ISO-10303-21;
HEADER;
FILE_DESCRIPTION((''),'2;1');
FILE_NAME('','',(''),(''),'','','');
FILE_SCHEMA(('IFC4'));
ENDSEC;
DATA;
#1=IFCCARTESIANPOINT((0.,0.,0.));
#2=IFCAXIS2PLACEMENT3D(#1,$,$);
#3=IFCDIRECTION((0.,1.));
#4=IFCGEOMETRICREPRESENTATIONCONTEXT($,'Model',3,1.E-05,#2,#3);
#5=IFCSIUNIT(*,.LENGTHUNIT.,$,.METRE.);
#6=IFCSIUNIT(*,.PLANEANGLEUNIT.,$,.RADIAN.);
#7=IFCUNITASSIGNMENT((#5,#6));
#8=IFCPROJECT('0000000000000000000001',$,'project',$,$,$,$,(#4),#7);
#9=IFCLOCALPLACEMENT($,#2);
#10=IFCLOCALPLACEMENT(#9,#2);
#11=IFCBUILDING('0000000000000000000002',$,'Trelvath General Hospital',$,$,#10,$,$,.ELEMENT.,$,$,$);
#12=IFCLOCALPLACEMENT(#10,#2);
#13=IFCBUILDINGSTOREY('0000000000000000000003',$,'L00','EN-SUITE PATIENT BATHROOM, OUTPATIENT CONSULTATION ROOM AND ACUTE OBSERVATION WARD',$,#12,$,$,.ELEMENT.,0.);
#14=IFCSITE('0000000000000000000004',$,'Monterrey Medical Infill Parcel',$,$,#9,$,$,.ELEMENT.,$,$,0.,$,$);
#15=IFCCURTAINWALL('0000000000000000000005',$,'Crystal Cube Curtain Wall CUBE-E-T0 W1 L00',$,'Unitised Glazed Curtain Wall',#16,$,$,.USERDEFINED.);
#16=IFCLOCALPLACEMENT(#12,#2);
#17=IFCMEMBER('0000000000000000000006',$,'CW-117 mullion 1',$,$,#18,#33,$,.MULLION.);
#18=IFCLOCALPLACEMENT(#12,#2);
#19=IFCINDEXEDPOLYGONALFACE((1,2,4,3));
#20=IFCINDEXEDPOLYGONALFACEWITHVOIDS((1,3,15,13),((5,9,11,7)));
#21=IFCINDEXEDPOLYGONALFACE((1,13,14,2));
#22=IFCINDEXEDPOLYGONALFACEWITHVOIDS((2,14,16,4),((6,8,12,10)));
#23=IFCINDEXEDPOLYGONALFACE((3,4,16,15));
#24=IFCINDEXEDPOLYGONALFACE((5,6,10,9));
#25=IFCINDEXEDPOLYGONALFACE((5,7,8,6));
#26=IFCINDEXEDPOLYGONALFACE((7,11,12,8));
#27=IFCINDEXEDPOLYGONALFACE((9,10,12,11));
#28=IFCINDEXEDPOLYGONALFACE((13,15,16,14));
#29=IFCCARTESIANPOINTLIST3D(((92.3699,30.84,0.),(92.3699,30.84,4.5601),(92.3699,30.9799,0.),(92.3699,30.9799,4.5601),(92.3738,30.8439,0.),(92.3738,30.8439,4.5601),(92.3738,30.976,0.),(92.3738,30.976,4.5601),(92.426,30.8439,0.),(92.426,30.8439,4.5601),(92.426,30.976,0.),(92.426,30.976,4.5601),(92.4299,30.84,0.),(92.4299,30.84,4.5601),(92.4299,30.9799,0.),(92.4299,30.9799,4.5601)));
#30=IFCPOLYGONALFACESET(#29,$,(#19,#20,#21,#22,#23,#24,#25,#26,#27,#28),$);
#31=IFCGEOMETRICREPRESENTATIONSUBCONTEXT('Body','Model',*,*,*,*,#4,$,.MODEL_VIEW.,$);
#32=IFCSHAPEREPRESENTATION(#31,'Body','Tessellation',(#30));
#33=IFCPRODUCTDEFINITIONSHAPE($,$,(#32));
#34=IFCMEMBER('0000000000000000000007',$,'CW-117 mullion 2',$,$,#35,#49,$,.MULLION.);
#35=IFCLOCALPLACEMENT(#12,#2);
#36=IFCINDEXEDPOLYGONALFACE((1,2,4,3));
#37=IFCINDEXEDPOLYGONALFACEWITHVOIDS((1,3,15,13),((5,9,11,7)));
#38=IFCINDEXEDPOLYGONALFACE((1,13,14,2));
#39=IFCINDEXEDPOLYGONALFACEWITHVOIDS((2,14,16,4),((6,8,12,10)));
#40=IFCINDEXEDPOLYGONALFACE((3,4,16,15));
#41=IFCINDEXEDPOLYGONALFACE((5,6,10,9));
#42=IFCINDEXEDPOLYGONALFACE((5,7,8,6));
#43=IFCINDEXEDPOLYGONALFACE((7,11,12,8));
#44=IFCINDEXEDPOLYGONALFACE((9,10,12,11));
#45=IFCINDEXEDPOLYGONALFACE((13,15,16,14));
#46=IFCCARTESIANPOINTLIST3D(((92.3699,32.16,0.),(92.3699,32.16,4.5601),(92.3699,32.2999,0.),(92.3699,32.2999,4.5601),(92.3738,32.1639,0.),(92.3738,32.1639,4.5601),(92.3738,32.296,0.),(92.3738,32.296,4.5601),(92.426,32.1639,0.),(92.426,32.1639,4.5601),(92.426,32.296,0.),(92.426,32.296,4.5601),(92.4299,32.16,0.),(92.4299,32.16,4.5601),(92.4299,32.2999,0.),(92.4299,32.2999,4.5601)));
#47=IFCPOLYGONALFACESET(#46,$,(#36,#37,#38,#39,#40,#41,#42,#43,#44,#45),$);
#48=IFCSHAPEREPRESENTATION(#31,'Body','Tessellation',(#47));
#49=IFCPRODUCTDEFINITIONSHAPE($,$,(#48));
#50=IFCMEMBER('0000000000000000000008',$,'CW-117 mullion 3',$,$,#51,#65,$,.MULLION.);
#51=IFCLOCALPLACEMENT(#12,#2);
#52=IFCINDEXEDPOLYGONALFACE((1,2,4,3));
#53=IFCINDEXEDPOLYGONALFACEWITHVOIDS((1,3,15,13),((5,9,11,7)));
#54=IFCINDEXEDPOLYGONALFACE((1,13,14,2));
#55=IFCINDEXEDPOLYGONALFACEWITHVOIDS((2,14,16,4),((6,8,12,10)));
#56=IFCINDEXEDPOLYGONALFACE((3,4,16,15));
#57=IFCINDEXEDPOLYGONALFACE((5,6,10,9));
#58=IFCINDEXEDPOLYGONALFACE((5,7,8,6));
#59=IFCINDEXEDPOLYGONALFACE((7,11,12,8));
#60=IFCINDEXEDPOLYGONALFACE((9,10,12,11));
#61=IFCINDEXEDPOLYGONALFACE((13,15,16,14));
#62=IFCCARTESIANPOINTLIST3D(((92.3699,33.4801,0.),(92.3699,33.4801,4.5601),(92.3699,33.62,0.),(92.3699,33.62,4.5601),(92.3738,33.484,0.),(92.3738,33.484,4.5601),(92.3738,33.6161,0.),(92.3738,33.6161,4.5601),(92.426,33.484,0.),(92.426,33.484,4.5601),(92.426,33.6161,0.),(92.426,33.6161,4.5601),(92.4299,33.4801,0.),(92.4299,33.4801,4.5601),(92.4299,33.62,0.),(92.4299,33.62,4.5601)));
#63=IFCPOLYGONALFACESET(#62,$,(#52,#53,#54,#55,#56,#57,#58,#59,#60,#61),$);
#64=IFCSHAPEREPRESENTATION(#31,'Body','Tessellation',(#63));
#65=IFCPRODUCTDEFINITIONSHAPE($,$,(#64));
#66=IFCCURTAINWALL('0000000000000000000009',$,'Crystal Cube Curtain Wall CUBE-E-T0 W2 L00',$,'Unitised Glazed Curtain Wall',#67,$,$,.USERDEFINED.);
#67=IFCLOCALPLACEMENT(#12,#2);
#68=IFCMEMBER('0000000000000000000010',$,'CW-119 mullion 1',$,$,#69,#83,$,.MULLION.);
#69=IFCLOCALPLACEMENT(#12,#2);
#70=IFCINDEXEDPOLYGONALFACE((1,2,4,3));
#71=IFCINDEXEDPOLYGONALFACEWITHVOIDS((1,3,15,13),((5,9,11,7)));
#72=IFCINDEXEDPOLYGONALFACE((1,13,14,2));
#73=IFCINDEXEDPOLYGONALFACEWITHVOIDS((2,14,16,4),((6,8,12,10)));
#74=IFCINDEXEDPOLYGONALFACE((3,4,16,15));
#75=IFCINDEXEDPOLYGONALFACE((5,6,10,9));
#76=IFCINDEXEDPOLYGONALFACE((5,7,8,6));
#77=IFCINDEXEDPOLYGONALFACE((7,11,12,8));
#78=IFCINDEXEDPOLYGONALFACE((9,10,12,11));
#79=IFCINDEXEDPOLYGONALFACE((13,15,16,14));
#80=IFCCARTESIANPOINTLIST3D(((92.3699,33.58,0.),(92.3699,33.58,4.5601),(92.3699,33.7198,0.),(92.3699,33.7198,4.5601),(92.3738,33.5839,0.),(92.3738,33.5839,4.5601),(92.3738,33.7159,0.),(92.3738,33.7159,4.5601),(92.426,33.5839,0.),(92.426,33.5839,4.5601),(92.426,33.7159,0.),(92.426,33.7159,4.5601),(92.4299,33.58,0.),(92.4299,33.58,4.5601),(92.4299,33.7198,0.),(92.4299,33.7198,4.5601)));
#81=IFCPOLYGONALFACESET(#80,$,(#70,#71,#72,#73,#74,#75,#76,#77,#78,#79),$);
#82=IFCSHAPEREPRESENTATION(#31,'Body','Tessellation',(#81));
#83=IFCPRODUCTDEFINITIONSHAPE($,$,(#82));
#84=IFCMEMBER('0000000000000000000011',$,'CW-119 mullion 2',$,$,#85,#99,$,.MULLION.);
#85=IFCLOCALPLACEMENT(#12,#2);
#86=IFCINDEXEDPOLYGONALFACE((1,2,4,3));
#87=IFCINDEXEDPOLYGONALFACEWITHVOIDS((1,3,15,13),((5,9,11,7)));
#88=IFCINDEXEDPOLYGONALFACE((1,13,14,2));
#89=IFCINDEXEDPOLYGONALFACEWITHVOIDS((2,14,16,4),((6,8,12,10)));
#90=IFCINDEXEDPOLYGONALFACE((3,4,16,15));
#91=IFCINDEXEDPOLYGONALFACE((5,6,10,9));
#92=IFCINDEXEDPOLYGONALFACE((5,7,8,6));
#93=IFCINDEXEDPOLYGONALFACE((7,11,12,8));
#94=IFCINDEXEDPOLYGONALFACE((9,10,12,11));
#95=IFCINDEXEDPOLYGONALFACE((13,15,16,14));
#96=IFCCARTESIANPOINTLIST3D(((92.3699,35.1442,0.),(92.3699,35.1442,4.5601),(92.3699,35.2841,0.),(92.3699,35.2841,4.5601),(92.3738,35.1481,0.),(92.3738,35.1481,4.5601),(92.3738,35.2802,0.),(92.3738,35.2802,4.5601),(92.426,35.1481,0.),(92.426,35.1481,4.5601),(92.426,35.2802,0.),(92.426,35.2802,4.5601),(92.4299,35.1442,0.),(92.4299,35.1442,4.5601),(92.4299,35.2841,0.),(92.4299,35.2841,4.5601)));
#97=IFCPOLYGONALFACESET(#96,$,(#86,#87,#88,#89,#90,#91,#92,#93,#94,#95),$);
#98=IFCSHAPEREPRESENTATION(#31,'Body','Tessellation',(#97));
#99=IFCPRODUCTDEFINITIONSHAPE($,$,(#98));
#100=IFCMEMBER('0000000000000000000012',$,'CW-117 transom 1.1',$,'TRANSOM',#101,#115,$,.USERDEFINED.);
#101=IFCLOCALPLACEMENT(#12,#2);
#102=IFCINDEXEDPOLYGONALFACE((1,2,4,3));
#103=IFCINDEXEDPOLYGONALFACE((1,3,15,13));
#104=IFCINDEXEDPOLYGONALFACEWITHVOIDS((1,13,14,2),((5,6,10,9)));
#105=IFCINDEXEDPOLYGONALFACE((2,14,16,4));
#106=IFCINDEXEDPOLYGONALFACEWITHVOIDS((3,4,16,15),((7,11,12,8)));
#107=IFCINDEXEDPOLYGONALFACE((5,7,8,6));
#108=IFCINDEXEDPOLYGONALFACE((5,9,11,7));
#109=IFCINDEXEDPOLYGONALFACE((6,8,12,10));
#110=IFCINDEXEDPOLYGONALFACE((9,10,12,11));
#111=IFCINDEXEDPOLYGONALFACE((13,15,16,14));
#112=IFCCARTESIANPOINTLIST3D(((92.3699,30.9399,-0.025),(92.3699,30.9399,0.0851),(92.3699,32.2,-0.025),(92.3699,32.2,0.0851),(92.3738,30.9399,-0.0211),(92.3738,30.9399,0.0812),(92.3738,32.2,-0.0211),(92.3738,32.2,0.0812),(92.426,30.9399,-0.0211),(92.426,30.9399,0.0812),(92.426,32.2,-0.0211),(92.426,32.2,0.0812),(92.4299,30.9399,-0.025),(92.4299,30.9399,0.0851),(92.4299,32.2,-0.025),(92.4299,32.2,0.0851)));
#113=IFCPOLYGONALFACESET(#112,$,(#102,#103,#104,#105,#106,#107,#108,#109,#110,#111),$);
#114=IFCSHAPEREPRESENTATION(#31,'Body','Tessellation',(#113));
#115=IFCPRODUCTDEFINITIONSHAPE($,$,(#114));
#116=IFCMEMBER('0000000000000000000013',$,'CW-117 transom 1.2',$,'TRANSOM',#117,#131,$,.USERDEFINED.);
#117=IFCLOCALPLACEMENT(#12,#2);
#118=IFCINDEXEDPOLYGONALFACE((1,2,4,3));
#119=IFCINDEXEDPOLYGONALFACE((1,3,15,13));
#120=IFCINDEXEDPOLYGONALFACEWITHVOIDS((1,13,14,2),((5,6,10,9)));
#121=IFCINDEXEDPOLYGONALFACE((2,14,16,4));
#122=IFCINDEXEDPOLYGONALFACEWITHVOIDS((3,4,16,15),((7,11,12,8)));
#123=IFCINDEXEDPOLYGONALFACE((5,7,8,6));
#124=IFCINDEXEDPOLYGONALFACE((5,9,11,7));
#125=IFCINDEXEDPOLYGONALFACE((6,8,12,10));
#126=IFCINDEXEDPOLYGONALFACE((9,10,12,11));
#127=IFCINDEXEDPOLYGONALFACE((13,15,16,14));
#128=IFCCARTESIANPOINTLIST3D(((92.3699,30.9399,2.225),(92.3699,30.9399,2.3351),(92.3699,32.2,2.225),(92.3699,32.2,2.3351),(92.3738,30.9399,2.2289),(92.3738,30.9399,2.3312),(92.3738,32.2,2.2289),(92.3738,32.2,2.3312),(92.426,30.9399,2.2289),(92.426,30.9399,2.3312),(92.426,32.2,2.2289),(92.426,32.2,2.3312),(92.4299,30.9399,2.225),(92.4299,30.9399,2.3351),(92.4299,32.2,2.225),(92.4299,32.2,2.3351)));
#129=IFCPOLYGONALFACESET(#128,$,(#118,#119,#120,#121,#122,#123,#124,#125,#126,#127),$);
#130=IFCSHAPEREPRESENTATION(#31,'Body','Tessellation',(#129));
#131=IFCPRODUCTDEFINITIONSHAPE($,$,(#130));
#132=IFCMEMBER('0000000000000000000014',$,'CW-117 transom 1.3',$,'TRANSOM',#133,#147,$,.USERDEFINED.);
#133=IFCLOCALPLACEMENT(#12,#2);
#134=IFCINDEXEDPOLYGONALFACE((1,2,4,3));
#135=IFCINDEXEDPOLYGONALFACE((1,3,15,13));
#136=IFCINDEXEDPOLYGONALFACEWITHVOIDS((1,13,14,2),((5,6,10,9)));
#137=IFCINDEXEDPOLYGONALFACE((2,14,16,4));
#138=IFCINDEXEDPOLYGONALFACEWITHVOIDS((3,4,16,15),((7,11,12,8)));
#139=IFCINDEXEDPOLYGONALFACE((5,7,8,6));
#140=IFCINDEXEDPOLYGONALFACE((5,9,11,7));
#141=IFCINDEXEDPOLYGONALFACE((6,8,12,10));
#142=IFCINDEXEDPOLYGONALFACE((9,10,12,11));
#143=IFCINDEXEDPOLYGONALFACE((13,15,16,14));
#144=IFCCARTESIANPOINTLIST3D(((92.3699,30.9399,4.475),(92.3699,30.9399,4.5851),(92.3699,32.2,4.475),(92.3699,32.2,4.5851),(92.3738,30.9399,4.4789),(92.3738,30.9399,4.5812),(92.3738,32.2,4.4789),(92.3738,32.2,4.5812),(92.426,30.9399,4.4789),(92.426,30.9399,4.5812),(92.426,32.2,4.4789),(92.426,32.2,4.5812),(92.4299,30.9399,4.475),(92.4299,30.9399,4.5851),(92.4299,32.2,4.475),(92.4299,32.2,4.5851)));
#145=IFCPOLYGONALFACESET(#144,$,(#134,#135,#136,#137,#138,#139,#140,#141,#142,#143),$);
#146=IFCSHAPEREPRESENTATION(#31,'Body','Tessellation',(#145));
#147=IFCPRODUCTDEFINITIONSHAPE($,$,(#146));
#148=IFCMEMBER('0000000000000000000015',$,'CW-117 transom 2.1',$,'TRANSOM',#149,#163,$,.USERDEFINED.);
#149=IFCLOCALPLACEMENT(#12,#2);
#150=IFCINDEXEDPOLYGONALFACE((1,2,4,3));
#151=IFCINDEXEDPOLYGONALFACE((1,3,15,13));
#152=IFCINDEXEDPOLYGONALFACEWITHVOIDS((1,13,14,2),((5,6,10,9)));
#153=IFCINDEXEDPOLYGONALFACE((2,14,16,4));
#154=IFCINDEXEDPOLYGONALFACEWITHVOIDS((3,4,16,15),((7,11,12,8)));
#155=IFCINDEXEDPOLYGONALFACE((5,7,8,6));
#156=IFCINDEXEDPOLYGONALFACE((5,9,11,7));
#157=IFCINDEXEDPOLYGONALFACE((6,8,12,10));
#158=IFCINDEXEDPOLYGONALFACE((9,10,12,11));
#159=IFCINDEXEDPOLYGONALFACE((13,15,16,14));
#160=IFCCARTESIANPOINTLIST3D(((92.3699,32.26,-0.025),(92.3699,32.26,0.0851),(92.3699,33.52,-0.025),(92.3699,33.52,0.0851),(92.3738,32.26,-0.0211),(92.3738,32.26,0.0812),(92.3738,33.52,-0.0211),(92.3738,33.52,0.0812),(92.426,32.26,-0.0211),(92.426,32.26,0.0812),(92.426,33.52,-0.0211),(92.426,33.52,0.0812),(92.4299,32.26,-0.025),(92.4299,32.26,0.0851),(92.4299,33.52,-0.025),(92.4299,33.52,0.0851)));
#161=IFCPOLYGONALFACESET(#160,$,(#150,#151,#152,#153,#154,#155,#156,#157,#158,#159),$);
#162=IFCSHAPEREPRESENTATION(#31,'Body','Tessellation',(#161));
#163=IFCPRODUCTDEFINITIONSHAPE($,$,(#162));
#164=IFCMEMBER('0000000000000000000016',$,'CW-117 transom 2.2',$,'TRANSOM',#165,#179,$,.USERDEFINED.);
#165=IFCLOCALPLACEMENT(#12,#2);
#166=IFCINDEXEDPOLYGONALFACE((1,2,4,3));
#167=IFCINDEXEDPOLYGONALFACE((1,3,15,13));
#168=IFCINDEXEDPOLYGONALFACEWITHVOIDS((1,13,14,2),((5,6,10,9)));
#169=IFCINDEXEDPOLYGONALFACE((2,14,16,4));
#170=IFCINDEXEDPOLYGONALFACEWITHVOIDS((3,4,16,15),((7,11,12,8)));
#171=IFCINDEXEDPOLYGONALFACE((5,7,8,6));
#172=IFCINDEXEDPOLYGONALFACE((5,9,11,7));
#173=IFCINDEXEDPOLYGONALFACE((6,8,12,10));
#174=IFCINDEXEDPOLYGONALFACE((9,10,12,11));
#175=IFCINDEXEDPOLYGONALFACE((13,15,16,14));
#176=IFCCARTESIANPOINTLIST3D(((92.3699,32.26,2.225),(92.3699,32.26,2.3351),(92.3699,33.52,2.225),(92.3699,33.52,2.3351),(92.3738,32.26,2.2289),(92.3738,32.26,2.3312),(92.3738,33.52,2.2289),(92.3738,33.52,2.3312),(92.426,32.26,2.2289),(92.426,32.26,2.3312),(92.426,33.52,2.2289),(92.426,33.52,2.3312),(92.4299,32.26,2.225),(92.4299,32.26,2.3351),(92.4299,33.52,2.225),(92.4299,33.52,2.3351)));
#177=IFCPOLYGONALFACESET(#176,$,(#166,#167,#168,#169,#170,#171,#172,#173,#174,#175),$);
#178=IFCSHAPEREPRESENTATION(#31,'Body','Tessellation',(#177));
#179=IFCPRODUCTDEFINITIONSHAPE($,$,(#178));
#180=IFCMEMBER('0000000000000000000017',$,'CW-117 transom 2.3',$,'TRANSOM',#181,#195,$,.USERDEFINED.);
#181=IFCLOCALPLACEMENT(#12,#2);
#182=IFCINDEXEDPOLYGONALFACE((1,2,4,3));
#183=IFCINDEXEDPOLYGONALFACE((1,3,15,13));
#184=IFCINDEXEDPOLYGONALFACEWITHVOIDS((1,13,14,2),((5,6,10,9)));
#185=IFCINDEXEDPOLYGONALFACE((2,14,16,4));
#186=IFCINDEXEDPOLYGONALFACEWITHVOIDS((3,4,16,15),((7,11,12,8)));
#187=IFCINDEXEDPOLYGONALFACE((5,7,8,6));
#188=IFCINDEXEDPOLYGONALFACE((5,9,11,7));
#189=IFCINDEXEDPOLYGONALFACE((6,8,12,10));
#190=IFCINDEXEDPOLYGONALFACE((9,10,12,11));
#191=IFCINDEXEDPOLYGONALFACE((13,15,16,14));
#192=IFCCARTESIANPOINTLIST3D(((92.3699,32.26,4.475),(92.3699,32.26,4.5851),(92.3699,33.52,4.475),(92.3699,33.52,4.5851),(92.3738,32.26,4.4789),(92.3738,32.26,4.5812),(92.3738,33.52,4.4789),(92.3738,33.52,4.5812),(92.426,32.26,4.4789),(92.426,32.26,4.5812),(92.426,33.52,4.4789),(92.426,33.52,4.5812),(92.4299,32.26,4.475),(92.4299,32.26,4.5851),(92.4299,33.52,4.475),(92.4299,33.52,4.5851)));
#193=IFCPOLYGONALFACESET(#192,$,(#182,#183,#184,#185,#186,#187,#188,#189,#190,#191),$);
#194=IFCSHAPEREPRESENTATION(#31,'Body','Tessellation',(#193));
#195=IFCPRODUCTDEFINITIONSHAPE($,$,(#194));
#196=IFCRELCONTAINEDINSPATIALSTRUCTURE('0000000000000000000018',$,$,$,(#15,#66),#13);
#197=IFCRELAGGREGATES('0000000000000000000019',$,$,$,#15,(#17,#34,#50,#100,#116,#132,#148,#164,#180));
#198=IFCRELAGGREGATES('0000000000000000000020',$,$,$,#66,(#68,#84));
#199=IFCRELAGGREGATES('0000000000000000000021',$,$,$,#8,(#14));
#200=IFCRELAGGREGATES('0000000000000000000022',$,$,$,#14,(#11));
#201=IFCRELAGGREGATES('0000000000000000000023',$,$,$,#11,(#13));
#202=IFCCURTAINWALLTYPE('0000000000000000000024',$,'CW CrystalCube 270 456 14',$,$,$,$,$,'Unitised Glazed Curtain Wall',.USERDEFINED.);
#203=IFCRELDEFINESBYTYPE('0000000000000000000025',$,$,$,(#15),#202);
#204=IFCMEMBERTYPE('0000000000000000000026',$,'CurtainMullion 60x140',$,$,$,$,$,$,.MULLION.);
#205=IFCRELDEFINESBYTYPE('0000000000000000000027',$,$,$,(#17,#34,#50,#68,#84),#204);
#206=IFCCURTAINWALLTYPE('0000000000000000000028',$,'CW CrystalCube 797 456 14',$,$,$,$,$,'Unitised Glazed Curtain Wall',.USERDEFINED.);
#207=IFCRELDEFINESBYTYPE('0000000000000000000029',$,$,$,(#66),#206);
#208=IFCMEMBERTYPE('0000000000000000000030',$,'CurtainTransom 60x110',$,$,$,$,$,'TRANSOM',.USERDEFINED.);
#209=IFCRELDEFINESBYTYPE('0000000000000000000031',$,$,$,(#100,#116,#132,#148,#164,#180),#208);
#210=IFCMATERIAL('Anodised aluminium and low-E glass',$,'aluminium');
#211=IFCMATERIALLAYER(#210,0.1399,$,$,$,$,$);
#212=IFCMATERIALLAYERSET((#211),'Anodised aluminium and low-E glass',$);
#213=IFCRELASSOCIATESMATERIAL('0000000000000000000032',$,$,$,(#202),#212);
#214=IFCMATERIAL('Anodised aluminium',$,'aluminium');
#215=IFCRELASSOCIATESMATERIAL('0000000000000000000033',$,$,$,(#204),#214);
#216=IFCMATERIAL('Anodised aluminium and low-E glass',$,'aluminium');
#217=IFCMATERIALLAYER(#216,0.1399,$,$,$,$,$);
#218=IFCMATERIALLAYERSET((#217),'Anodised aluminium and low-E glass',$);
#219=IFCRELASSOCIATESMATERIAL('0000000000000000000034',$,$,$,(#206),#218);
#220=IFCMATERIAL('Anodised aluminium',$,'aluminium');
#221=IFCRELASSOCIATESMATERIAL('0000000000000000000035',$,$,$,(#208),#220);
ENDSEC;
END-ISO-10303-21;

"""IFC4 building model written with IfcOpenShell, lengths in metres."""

from ifc_helpers import new_model, si_unit, direction, frame, origin, origin_2d, place, context, subcontext, project, spatial, hollow_rectangle, extrude, material, layer, layer_set, material_profile, profile_set, type_object, element, aggregate, save


model = new_model("IFC4")

# Units and contexts
model_context = context("Model", 3, precision=1e-05, world=origin(), true_north=direction((0.0, 1.0)))
body_context = subcontext(model_context, "Body", "Model", "MODEL_VIEW")
ifc_project = project(units=[si_unit("LENGTHUNIT", "METRE"), si_unit("PLANEANGLEUNIT", "RADIAN")], contexts=[model_context])

# Site, building, storey
site_placement = place(None, origin())
site = spatial("IfcSite", under=ifc_project, at=site_placement, Name="Monterrey Medical Infill Parcel", CompositionType="ELEMENT", RefElevation=0.0)
building_placement = place(site_placement, origin())
building = spatial("IfcBuilding", under=site, at=building_placement, Name="Trelvath General Hospital", CompositionType="ELEMENT")
storey_placement = place(building_placement, origin())
storey = spatial("IfcBuildingStorey", under=building, at=storey_placement, Name="L00", Description="EN-SUITE PATIENT BATHROOM, OUTPATIENT CONSULTATION ROOM AND ACUTE OBSERVATION WARD", CompositionType="ELEMENT", Elevation=0.0)

# Curtain walls, members
ifc_material_1 = material(Name="Anodised aluminium and low-E glass", Category="aluminium")
ifc_layer_1 = layer(ifc_material_1, 0.1399)
ifc_layer_set_1 = layer_set([ifc_layer_1], Name="Anodised aluminium and low-E glass")
curtain_wall_type_1 = type_object("IfcCurtainWallType", Name="CW CrystalCube 270 456 14", ElementType="Unitised Glazed Curtain Wall", PredefinedType="USERDEFINED", material=ifc_layer_set_1)
curtain_wall_1_placement = place(storey_placement, origin())
curtain_wall_1 = element("IfcCurtainWall", 1, at=curtain_wall_1_placement, inside=storey, type_object=curtain_wall_type_1, Name="Crystal Cube Curtain Wall CUBE-E-T0 W1 L00", ObjectType="Unitised Glazed Curtain Wall", PredefinedType="USERDEFINED")
ifc_material_2 = material(Name="Anodised aluminium", Category="aluminium")
ifc_material_profile_1 = material_profile(ifc_material_2, hollow_rectangle(XDim=0.0601, YDim=0.1399, WallThickness=0.0039, at=origin_2d()), Name="RHS60x140x4")
ifc_profile_set_1 = profile_set([ifc_material_profile_1], Name="Anodised aluminium")
member_type_1 = type_object("IfcMemberType", Name="CurtainMullion 60x140", PredefinedType="MULLION", material=ifc_profile_set_1)
member_1_placement = place(storey_placement, frame((92.3999, 30.9099, 0.0), z_axis=(0.0, 0.0, 1.0), x_axis=(-1.0, 0.0, 0.0)))
member_1 = element("IfcMember", 2, at=member_1_placement, type_object=member_type_1, Name="CW-117 mullion 1", PredefinedType="MULLION", context=body_context, shape_type="SweptSolid", body=[
    extrude(hollow_rectangle(XDim=0.0601, YDim=0.1399, WallThickness=0.0039, at=origin_2d()), origin(), (0.0, 0.0, 1.0), 4.5601),
])
member_2_placement = place(storey_placement, frame((92.3999, 32.23, 0.0), z_axis=(0.0, 0.0, 1.0), x_axis=(-1.0, 0.0, 0.0)))
member_2 = element("IfcMember", 3, at=member_2_placement, type_object=member_type_1, Name="CW-117 mullion 2", PredefinedType="MULLION", context=body_context, shape_type="SweptSolid", body=[
    extrude(hollow_rectangle(XDim=0.0601, YDim=0.1399, WallThickness=0.0039, at=origin_2d()), origin(), (0.0, 0.0, 1.0), 4.5601),
])
member_3_placement = place(storey_placement, frame((92.3999, 33.55, 0.0), z_axis=(0.0, 0.0, 1.0), x_axis=(-1.0, 0.0, 0.0)))
member_3 = element("IfcMember", 4, at=member_3_placement, type_object=member_type_1, Name="CW-117 mullion 3", PredefinedType="MULLION", context=body_context, shape_type="SweptSolid", body=[
    extrude(hollow_rectangle(XDim=0.0601, YDim=0.1399, WallThickness=0.0039, at=origin_2d()), origin(), (0.0, 0.0, 1.0), 4.5601),
])
ifc_material_3 = material(Name="Anodised aluminium and low-E glass", Category="aluminium")
ifc_layer_2 = layer(ifc_material_3, 0.1399)
ifc_layer_set_2 = layer_set([ifc_layer_2], Name="Anodised aluminium and low-E glass")
curtain_wall_type_2 = type_object("IfcCurtainWallType", Name="CW CrystalCube 797 456 14", ElementType="Unitised Glazed Curtain Wall", PredefinedType="USERDEFINED", material=ifc_layer_set_2)
curtain_wall_2_placement = place(storey_placement, origin())
curtain_wall_2 = element("IfcCurtainWall", 5, at=curtain_wall_2_placement, inside=storey, type_object=curtain_wall_type_2, Name="Crystal Cube Curtain Wall CUBE-E-T0 W2 L00", ObjectType="Unitised Glazed Curtain Wall", PredefinedType="USERDEFINED")
member_4_placement = place(storey_placement, frame((92.3999, 33.6499, 0.0), z_axis=(0.0, 0.0, 1.0), x_axis=(-1.0, 0.0, 0.0)))
member_4 = element("IfcMember", 6, at=member_4_placement, type_object=member_type_1, Name="CW-119 mullion 1", PredefinedType="MULLION", context=body_context, shape_type="SweptSolid", body=[
    extrude(hollow_rectangle(XDim=0.0601, YDim=0.1399, WallThickness=0.0039, at=origin_2d()), origin(), (0.0, 0.0, 1.0), 4.5601),
])
member_5_placement = place(storey_placement, frame((92.3999, 35.2141, 0.0), z_axis=(0.0, 0.0, 1.0), x_axis=(-1.0, 0.0, 0.0)))
member_5 = element("IfcMember", 7, at=member_5_placement, type_object=member_type_1, Name="CW-119 mullion 2", PredefinedType="MULLION", context=body_context, shape_type="SweptSolid", body=[
    extrude(hollow_rectangle(XDim=0.0601, YDim=0.1399, WallThickness=0.0039, at=origin_2d()), origin(), (0.0, 0.0, 1.0), 4.5601),
])

# Members
ifc_material_4 = material(Name="Anodised aluminium", Category="aluminium")
ifc_material_profile_2 = material_profile(ifc_material_4, hollow_rectangle(XDim=0.0601, YDim=0.1101, WallThickness=0.0039, at=origin_2d()), Name="RHS60x110x4")
ifc_profile_set_2 = profile_set([ifc_material_profile_2], Name="Anodised aluminium")
member_type_2 = type_object("IfcMemberType", Name="CurtainTransom 60x110", ElementType="TRANSOM", PredefinedType="USERDEFINED", material=ifc_profile_set_2)
member_6_placement = place(storey_placement, frame((92.3999, 30.9399, 0.03), z_axis=(0.0, 1.0, 0.0), x_axis=(-1.0, 0.0, 0.0)))
member_6 = element("IfcMember", 8, at=member_6_placement, type_object=member_type_2, Name="CW-117 transom 1.1", ObjectType="TRANSOM", PredefinedType="USERDEFINED", context=body_context, shape_type="SweptSolid", body=[
    extrude(hollow_rectangle(XDim=0.0601, YDim=0.1101, WallThickness=0.0039, at=origin_2d()), origin(), (0.0, 0.0, 1.0), 1.26),
])
member_7_placement = place(storey_placement, frame((92.3999, 30.9399, 2.28), z_axis=(0.0, 1.0, 0.0), x_axis=(-1.0, 0.0, 0.0)))
member_7 = element("IfcMember", 9, at=member_7_placement, type_object=member_type_2, Name="CW-117 transom 1.2", ObjectType="TRANSOM", PredefinedType="USERDEFINED", context=body_context, shape_type="SweptSolid", body=[
    extrude(hollow_rectangle(XDim=0.0601, YDim=0.1101, WallThickness=0.0039, at=origin_2d()), origin(), (0.0, 0.0, 1.0), 1.26),
])
member_8_placement = place(storey_placement, frame((92.3999, 30.9399, 4.53), z_axis=(0.0, 1.0, 0.0), x_axis=(-1.0, 0.0, 0.0)))
member_8 = element("IfcMember", 10, at=member_8_placement, type_object=member_type_2, Name="CW-117 transom 1.3", ObjectType="TRANSOM", PredefinedType="USERDEFINED", context=body_context, shape_type="SweptSolid", body=[
    extrude(hollow_rectangle(XDim=0.0601, YDim=0.1101, WallThickness=0.0039, at=origin_2d()), origin(), (0.0, 0.0, 1.0), 1.26),
])
member_9_placement = place(storey_placement, frame((92.3999, 32.26, 0.03), z_axis=(0.0, 1.0, 0.0), x_axis=(-1.0, 0.0, 0.0)))
member_9 = element("IfcMember", 11, at=member_9_placement, type_object=member_type_2, Name="CW-117 transom 2.1", ObjectType="TRANSOM", PredefinedType="USERDEFINED", context=body_context, shape_type="SweptSolid", body=[
    extrude(hollow_rectangle(XDim=0.0601, YDim=0.1101, WallThickness=0.0039, at=origin_2d()), origin(), (0.0, 0.0, 1.0), 1.26),
])
member_10_placement = place(storey_placement, frame((92.3999, 32.26, 2.28), z_axis=(0.0, 1.0, 0.0), x_axis=(-1.0, 0.0, 0.0)))
member_10 = element("IfcMember", 12, at=member_10_placement, type_object=member_type_2, Name="CW-117 transom 2.2", ObjectType="TRANSOM", PredefinedType="USERDEFINED", context=body_context, shape_type="SweptSolid", body=[
    extrude(hollow_rectangle(XDim=0.0601, YDim=0.1101, WallThickness=0.0039, at=origin_2d()), origin(), (0.0, 0.0, 1.0), 1.26),
])
member_11_placement = place(storey_placement, frame((92.3999, 32.26, 4.53), z_axis=(0.0, 1.0, 0.0), x_axis=(-1.0, 0.0, 0.0)))
member_11 = element("IfcMember", 13, at=member_11_placement, type_object=member_type_2, Name="CW-117 transom 2.3", ObjectType="TRANSOM", PredefinedType="USERDEFINED", context=body_context, shape_type="SweptSolid", body=[
    extrude(hollow_rectangle(XDim=0.0601, YDim=0.1101, WallThickness=0.0039, at=origin_2d()), origin(), (0.0, 0.0, 1.0), 1.26),
])

aggregate(curtain_wall_1, [member_1, member_2, member_3, member_6, member_7, member_8, member_9, member_10, member_11])
aggregate(curtain_wall_2, [member_4, member_5])

save(model, "model.ifc")
